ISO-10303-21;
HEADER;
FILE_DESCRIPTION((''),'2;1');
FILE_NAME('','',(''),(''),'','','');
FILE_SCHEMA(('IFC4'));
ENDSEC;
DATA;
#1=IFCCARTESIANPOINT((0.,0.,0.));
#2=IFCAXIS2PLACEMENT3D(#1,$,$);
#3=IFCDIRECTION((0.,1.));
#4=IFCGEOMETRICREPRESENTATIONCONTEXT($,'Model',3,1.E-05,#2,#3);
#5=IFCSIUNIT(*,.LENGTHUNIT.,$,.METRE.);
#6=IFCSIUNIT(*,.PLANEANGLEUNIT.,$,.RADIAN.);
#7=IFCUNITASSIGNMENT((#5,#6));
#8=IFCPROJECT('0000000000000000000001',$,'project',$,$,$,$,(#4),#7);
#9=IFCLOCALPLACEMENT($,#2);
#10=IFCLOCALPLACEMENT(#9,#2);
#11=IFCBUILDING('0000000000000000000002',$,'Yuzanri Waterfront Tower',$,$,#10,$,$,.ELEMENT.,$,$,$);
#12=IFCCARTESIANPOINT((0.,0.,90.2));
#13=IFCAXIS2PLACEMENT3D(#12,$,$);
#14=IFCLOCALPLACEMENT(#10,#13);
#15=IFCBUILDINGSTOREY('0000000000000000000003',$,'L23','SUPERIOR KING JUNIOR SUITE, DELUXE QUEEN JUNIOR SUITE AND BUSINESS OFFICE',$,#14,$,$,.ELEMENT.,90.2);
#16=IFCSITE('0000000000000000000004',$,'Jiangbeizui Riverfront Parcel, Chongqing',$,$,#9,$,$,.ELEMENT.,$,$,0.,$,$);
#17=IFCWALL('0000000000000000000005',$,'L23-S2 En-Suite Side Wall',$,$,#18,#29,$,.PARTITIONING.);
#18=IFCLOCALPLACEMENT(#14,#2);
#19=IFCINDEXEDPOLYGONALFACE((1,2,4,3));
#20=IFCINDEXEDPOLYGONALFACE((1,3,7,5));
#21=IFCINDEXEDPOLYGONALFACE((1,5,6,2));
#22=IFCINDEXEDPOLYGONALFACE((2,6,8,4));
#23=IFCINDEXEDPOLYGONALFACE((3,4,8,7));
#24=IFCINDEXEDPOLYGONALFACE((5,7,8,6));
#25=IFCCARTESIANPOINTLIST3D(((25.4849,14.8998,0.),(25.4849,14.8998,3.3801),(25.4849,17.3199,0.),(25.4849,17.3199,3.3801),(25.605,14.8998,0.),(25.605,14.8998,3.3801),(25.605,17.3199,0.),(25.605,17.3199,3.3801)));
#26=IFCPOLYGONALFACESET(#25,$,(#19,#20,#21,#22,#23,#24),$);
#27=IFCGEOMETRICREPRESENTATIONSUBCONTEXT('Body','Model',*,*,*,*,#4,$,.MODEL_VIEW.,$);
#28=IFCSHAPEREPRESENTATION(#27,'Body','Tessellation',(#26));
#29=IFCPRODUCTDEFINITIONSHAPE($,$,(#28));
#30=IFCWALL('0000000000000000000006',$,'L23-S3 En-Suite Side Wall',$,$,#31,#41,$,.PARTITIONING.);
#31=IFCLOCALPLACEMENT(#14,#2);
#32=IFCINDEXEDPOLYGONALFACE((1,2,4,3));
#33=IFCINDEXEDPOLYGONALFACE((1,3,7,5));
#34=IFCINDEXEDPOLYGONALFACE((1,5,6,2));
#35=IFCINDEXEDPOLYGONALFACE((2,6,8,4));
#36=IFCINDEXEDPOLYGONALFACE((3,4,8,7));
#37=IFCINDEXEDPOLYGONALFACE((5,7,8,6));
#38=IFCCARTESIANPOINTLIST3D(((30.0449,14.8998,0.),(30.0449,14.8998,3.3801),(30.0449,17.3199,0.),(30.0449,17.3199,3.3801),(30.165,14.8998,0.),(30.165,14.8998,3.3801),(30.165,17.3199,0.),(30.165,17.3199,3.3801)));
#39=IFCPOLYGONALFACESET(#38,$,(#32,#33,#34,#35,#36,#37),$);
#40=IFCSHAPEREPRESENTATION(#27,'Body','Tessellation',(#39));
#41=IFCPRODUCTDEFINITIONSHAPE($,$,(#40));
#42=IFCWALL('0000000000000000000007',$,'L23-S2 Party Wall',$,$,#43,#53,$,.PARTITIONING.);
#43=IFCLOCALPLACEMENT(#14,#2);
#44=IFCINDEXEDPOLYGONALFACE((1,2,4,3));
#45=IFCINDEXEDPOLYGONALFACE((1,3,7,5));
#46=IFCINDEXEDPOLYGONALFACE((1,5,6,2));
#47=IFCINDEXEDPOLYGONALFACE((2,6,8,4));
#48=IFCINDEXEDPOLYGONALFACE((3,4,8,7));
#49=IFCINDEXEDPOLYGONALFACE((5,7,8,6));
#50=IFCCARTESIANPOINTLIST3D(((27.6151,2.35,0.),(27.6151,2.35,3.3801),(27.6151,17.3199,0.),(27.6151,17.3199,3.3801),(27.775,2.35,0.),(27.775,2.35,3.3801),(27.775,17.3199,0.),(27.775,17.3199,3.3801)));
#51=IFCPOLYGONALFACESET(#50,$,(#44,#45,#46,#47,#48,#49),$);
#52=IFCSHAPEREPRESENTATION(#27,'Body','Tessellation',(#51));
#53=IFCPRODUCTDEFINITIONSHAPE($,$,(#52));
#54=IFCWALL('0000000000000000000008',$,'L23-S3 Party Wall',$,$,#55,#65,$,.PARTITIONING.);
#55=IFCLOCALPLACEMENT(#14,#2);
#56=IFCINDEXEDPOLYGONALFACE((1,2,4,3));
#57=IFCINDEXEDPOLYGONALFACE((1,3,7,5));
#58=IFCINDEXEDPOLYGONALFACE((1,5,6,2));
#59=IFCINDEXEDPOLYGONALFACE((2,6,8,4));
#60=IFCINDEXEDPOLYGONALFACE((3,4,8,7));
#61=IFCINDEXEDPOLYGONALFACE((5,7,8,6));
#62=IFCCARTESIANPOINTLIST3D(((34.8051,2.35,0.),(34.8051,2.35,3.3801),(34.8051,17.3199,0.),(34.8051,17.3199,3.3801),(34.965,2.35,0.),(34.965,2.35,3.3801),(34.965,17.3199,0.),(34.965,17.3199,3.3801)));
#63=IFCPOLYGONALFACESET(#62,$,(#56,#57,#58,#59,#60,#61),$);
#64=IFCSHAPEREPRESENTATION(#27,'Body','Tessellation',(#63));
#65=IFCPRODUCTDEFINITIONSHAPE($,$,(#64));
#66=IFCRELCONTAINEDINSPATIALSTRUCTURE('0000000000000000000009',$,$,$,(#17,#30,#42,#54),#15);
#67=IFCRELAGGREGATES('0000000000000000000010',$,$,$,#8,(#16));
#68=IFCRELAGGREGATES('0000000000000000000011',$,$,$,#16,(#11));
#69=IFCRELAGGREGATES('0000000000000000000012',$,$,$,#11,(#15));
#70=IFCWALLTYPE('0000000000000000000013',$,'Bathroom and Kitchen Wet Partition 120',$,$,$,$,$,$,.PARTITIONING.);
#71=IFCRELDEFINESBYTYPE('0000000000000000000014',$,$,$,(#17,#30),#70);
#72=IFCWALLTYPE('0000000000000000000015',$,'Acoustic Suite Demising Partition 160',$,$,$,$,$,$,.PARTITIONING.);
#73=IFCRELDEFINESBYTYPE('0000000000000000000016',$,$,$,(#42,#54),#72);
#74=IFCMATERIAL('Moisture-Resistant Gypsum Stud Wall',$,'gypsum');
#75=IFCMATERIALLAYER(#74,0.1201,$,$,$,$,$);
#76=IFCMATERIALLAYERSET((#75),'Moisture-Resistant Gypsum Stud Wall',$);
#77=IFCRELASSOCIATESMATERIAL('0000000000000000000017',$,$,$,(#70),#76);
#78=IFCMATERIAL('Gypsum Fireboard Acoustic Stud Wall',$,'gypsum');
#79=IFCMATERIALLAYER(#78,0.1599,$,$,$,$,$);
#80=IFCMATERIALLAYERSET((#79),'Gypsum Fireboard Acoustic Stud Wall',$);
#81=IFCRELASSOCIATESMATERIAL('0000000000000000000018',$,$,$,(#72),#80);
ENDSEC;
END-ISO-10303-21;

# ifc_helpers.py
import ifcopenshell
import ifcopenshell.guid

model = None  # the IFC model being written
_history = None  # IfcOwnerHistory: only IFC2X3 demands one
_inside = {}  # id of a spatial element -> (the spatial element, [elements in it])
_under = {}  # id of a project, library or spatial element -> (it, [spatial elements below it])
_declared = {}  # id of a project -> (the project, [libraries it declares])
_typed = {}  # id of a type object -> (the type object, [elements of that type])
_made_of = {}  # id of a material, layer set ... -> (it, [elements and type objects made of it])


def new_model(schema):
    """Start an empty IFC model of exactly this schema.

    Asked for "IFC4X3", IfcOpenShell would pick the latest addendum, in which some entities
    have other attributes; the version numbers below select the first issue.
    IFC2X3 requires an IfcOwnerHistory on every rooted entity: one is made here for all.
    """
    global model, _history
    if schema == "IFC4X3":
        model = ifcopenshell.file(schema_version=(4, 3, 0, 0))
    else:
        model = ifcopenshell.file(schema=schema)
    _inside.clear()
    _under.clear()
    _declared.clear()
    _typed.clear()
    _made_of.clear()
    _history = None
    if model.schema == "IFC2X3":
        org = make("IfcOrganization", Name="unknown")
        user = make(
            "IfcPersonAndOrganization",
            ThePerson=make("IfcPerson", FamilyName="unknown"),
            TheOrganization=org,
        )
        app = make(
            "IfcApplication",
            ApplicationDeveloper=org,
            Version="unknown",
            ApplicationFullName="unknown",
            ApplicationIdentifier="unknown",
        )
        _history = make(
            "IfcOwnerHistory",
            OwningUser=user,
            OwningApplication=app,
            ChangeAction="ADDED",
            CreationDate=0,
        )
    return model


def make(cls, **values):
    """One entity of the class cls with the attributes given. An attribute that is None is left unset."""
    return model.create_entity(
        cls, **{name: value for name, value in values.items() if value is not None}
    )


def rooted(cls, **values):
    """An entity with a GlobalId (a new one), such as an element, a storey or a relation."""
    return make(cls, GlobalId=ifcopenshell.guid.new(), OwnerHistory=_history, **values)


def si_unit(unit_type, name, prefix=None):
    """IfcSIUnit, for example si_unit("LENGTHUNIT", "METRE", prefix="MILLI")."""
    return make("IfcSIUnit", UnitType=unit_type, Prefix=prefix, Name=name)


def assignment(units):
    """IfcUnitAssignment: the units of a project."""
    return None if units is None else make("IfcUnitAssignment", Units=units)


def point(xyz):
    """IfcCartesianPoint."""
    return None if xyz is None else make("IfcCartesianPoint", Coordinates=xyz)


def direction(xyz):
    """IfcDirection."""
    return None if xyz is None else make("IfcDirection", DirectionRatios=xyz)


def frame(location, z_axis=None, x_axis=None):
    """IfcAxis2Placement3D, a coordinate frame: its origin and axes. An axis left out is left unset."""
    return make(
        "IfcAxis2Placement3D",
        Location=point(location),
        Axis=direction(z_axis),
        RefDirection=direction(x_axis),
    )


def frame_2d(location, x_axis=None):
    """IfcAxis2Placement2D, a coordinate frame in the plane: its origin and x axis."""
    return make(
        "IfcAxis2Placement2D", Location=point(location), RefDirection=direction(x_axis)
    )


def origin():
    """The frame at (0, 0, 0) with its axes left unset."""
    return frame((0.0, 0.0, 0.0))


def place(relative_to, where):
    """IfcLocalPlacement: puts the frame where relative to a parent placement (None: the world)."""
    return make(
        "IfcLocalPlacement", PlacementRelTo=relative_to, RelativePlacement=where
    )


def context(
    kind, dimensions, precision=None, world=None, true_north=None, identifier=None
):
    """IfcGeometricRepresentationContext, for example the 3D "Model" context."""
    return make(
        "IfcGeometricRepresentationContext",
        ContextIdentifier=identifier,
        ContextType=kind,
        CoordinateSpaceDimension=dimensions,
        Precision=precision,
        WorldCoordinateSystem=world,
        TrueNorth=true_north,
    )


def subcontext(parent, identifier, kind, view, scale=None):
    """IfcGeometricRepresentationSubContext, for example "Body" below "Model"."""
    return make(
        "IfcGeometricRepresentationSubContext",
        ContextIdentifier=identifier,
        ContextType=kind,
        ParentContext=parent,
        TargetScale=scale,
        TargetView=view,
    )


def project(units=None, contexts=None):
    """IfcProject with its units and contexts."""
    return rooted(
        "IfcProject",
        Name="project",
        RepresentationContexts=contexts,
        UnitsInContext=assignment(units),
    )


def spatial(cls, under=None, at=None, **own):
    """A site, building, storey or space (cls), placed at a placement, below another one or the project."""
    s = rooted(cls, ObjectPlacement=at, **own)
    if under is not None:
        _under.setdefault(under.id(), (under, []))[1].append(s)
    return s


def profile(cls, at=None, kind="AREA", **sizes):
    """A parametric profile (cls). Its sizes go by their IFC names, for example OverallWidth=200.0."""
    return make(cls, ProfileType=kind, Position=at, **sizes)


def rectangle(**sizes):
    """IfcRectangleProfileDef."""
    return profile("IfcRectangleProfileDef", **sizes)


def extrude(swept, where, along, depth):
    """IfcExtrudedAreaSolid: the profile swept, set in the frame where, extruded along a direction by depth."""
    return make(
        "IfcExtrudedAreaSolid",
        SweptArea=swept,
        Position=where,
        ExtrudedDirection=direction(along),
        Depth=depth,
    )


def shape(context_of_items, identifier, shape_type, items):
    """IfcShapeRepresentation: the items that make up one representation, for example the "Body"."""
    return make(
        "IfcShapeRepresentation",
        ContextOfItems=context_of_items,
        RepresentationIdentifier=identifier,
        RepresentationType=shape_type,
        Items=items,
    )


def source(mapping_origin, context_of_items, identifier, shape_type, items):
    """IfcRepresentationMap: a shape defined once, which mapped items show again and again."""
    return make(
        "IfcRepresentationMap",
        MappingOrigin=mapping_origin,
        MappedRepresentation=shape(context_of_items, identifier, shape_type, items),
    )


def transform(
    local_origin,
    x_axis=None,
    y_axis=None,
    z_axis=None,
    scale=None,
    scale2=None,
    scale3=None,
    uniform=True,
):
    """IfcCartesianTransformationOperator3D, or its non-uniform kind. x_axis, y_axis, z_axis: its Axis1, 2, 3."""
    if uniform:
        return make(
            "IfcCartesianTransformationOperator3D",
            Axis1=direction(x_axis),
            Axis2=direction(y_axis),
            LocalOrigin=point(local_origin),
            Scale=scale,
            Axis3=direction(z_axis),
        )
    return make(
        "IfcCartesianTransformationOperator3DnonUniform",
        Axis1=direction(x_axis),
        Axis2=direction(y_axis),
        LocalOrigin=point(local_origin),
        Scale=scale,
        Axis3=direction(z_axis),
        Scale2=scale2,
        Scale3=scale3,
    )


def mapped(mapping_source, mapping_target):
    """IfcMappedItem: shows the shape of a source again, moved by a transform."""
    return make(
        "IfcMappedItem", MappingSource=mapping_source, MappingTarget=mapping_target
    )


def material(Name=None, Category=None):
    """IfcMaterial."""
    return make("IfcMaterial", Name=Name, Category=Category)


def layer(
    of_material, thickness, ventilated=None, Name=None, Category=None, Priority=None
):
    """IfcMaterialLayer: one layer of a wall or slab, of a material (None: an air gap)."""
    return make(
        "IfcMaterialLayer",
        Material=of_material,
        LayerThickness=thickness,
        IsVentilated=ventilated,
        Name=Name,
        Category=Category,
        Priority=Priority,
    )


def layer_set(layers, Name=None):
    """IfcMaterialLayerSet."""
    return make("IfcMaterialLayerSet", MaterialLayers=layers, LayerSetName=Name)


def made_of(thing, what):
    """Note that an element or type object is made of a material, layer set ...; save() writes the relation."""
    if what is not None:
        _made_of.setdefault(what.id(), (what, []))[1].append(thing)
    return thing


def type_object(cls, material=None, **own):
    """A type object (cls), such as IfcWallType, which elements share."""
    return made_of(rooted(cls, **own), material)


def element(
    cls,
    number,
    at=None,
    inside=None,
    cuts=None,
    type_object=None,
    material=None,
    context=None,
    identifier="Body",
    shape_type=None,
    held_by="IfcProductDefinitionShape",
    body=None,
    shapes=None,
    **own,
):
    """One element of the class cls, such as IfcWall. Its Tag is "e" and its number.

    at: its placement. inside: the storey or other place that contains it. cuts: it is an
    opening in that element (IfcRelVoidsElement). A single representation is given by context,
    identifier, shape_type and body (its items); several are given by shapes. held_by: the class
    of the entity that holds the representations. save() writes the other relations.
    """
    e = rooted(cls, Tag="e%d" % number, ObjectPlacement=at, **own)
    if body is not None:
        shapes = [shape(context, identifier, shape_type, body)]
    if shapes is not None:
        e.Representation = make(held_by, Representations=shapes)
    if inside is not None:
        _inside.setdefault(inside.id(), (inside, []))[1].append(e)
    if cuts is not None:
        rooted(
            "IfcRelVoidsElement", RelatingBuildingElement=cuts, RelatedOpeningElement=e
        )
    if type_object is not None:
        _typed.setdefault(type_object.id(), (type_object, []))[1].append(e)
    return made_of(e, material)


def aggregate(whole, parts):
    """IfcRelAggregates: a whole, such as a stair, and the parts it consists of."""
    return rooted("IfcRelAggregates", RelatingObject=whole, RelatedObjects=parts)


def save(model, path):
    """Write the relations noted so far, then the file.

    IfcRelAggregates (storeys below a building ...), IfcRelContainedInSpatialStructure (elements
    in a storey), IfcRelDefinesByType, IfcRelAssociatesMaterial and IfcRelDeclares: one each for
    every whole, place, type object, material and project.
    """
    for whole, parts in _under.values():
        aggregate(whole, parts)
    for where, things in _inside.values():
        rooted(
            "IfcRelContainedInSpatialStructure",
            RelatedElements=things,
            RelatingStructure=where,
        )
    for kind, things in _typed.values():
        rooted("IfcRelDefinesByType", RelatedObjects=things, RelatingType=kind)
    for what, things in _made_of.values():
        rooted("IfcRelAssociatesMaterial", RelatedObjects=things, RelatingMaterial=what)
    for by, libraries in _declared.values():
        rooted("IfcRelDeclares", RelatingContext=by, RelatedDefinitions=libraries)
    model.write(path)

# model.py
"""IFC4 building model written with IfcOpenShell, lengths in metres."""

from ifc_helpers import new_model, si_unit, direction, frame, frame_2d, origin, place, context, subcontext, project, spatial, rectangle, extrude, source, transform, mapped, material, layer, layer_set, type_object, element, save


model = new_model("IFC4")

# Units and contexts
model_context = context("Model", 3, precision=1e-05, world=origin(), true_north=direction((0.0, 1.0)))
body_context = subcontext(model_context, "Body", "Model", "MODEL_VIEW")
ifc_project = project(units=[si_unit("LENGTHUNIT", "METRE"), si_unit("PLANEANGLEUNIT", "RADIAN")], contexts=[model_context])

# Site, building, storey
site_placement = place(None, origin())
site = spatial("IfcSite", under=ifc_project, at=site_placement, Name="Jiangbeizui Riverfront Parcel, Chongqing", CompositionType="ELEMENT", RefElevation=0.0)
building_placement = place(site_placement, origin())
building = spatial("IfcBuilding", under=site, at=building_placement, Name="Yuzanri Waterfront Tower", CompositionType="ELEMENT")
storey_placement = place(building_placement, frame((0.0, 0.0, 90.2)))
storey = spatial("IfcBuildingStorey", under=building, at=storey_placement, Name="L23", Description="SUPERIOR KING JUNIOR SUITE, DELUXE QUEEN JUNIOR SUITE AND BUSINESS OFFICE", CompositionType="ELEMENT", Elevation=90.2)

# Shared definitions
ifc_material_1 = material(Name="Moisture-Resistant Gypsum Stud Wall", Category="gypsum")
ifc_layer_1 = layer(ifc_material_1, 0.1201)
ifc_layer_set_1 = layer_set([ifc_layer_1], Name="Moisture-Resistant Gypsum Stud Wall")
wall_type_1 = type_object("IfcWallType", Name="Bathroom and Kitchen Wet Partition 120", PredefinedType="PARTITIONING", material=ifc_layer_set_1)

# Walls
shared_shape_1 = source(origin(), body_context, "Body", "SweptSolid", [
    extrude(rectangle(XDim=2.4202, YDim=0.1201, at=frame_2d((1.21, 0.0))), origin(), (0.0, 0.0, 1.0), 3.3801),
])
for number, where, z_axis, x_axis, name in (
    (1, (25.5449, 14.8999, 0.0), (0.0, 0.0, 1.0), (0.0, 1.0, 0.0), "L23-S2 En-Suite Side Wall"),
    (2, (30.105, 14.8999, 0.0), (0.0, 0.0, 1.0), (0.0, 1.0, 0.0), "L23-S3 En-Suite Side Wall"),
):
    element("IfcWall", number, at=place(storey_placement, frame(where, z_axis=z_axis, x_axis=x_axis)), inside=storey, type_object=wall_type_1, Name=name, PredefinedType="PARTITIONING", context=body_context, shape_type="MappedRepresentation", body=[
        mapped(shared_shape_1, transform((0.0, 0.0, 0.0), scale=1.0)),
    ])
ifc_material_2 = material(Name="Gypsum Fireboard Acoustic Stud Wall", Category="gypsum")
ifc_layer_2 = layer(ifc_material_2, 0.1599)
ifc_layer_set_2 = layer_set([ifc_layer_2], Name="Gypsum Fireboard Acoustic Stud Wall")
wall_type_2 = type_object("IfcWallType", Name="Acoustic Suite Demising Partition 160", PredefinedType="PARTITIONING", material=ifc_layer_set_2)
shared_shape_2 = source(origin(), body_context, "Body", "SweptSolid", [
    extrude(rectangle(XDim=14.97, YDim=0.1599, at=frame_2d((7.4849, 0.0))), origin(), (0.0, 0.0, 1.0), 3.3801),
])
for number, where, z_axis, x_axis, name in (
    (3, (27.6951, 2.3501, 0.0), (0.0, 0.0, 1.0), (0.0, 1.0, 0.0), "L23-S2 Party Wall"),
    (4, (34.885, 2.3501, 0.0), (0.0, 0.0, 1.0), (0.0, 1.0, 0.0), "L23-S3 Party Wall"),
):
    element("IfcWall", number, at=place(storey_placement, frame(where, z_axis=z_axis, x_axis=x_axis)), inside=storey, type_object=wall_type_2, Name=name, PredefinedType="PARTITIONING", context=body_context, shape_type="MappedRepresentation", body=[
        mapped(shared_shape_2, transform((0.0, 0.0, 0.0), scale=1.0)),
    ])

save(model, "model.ifc")
